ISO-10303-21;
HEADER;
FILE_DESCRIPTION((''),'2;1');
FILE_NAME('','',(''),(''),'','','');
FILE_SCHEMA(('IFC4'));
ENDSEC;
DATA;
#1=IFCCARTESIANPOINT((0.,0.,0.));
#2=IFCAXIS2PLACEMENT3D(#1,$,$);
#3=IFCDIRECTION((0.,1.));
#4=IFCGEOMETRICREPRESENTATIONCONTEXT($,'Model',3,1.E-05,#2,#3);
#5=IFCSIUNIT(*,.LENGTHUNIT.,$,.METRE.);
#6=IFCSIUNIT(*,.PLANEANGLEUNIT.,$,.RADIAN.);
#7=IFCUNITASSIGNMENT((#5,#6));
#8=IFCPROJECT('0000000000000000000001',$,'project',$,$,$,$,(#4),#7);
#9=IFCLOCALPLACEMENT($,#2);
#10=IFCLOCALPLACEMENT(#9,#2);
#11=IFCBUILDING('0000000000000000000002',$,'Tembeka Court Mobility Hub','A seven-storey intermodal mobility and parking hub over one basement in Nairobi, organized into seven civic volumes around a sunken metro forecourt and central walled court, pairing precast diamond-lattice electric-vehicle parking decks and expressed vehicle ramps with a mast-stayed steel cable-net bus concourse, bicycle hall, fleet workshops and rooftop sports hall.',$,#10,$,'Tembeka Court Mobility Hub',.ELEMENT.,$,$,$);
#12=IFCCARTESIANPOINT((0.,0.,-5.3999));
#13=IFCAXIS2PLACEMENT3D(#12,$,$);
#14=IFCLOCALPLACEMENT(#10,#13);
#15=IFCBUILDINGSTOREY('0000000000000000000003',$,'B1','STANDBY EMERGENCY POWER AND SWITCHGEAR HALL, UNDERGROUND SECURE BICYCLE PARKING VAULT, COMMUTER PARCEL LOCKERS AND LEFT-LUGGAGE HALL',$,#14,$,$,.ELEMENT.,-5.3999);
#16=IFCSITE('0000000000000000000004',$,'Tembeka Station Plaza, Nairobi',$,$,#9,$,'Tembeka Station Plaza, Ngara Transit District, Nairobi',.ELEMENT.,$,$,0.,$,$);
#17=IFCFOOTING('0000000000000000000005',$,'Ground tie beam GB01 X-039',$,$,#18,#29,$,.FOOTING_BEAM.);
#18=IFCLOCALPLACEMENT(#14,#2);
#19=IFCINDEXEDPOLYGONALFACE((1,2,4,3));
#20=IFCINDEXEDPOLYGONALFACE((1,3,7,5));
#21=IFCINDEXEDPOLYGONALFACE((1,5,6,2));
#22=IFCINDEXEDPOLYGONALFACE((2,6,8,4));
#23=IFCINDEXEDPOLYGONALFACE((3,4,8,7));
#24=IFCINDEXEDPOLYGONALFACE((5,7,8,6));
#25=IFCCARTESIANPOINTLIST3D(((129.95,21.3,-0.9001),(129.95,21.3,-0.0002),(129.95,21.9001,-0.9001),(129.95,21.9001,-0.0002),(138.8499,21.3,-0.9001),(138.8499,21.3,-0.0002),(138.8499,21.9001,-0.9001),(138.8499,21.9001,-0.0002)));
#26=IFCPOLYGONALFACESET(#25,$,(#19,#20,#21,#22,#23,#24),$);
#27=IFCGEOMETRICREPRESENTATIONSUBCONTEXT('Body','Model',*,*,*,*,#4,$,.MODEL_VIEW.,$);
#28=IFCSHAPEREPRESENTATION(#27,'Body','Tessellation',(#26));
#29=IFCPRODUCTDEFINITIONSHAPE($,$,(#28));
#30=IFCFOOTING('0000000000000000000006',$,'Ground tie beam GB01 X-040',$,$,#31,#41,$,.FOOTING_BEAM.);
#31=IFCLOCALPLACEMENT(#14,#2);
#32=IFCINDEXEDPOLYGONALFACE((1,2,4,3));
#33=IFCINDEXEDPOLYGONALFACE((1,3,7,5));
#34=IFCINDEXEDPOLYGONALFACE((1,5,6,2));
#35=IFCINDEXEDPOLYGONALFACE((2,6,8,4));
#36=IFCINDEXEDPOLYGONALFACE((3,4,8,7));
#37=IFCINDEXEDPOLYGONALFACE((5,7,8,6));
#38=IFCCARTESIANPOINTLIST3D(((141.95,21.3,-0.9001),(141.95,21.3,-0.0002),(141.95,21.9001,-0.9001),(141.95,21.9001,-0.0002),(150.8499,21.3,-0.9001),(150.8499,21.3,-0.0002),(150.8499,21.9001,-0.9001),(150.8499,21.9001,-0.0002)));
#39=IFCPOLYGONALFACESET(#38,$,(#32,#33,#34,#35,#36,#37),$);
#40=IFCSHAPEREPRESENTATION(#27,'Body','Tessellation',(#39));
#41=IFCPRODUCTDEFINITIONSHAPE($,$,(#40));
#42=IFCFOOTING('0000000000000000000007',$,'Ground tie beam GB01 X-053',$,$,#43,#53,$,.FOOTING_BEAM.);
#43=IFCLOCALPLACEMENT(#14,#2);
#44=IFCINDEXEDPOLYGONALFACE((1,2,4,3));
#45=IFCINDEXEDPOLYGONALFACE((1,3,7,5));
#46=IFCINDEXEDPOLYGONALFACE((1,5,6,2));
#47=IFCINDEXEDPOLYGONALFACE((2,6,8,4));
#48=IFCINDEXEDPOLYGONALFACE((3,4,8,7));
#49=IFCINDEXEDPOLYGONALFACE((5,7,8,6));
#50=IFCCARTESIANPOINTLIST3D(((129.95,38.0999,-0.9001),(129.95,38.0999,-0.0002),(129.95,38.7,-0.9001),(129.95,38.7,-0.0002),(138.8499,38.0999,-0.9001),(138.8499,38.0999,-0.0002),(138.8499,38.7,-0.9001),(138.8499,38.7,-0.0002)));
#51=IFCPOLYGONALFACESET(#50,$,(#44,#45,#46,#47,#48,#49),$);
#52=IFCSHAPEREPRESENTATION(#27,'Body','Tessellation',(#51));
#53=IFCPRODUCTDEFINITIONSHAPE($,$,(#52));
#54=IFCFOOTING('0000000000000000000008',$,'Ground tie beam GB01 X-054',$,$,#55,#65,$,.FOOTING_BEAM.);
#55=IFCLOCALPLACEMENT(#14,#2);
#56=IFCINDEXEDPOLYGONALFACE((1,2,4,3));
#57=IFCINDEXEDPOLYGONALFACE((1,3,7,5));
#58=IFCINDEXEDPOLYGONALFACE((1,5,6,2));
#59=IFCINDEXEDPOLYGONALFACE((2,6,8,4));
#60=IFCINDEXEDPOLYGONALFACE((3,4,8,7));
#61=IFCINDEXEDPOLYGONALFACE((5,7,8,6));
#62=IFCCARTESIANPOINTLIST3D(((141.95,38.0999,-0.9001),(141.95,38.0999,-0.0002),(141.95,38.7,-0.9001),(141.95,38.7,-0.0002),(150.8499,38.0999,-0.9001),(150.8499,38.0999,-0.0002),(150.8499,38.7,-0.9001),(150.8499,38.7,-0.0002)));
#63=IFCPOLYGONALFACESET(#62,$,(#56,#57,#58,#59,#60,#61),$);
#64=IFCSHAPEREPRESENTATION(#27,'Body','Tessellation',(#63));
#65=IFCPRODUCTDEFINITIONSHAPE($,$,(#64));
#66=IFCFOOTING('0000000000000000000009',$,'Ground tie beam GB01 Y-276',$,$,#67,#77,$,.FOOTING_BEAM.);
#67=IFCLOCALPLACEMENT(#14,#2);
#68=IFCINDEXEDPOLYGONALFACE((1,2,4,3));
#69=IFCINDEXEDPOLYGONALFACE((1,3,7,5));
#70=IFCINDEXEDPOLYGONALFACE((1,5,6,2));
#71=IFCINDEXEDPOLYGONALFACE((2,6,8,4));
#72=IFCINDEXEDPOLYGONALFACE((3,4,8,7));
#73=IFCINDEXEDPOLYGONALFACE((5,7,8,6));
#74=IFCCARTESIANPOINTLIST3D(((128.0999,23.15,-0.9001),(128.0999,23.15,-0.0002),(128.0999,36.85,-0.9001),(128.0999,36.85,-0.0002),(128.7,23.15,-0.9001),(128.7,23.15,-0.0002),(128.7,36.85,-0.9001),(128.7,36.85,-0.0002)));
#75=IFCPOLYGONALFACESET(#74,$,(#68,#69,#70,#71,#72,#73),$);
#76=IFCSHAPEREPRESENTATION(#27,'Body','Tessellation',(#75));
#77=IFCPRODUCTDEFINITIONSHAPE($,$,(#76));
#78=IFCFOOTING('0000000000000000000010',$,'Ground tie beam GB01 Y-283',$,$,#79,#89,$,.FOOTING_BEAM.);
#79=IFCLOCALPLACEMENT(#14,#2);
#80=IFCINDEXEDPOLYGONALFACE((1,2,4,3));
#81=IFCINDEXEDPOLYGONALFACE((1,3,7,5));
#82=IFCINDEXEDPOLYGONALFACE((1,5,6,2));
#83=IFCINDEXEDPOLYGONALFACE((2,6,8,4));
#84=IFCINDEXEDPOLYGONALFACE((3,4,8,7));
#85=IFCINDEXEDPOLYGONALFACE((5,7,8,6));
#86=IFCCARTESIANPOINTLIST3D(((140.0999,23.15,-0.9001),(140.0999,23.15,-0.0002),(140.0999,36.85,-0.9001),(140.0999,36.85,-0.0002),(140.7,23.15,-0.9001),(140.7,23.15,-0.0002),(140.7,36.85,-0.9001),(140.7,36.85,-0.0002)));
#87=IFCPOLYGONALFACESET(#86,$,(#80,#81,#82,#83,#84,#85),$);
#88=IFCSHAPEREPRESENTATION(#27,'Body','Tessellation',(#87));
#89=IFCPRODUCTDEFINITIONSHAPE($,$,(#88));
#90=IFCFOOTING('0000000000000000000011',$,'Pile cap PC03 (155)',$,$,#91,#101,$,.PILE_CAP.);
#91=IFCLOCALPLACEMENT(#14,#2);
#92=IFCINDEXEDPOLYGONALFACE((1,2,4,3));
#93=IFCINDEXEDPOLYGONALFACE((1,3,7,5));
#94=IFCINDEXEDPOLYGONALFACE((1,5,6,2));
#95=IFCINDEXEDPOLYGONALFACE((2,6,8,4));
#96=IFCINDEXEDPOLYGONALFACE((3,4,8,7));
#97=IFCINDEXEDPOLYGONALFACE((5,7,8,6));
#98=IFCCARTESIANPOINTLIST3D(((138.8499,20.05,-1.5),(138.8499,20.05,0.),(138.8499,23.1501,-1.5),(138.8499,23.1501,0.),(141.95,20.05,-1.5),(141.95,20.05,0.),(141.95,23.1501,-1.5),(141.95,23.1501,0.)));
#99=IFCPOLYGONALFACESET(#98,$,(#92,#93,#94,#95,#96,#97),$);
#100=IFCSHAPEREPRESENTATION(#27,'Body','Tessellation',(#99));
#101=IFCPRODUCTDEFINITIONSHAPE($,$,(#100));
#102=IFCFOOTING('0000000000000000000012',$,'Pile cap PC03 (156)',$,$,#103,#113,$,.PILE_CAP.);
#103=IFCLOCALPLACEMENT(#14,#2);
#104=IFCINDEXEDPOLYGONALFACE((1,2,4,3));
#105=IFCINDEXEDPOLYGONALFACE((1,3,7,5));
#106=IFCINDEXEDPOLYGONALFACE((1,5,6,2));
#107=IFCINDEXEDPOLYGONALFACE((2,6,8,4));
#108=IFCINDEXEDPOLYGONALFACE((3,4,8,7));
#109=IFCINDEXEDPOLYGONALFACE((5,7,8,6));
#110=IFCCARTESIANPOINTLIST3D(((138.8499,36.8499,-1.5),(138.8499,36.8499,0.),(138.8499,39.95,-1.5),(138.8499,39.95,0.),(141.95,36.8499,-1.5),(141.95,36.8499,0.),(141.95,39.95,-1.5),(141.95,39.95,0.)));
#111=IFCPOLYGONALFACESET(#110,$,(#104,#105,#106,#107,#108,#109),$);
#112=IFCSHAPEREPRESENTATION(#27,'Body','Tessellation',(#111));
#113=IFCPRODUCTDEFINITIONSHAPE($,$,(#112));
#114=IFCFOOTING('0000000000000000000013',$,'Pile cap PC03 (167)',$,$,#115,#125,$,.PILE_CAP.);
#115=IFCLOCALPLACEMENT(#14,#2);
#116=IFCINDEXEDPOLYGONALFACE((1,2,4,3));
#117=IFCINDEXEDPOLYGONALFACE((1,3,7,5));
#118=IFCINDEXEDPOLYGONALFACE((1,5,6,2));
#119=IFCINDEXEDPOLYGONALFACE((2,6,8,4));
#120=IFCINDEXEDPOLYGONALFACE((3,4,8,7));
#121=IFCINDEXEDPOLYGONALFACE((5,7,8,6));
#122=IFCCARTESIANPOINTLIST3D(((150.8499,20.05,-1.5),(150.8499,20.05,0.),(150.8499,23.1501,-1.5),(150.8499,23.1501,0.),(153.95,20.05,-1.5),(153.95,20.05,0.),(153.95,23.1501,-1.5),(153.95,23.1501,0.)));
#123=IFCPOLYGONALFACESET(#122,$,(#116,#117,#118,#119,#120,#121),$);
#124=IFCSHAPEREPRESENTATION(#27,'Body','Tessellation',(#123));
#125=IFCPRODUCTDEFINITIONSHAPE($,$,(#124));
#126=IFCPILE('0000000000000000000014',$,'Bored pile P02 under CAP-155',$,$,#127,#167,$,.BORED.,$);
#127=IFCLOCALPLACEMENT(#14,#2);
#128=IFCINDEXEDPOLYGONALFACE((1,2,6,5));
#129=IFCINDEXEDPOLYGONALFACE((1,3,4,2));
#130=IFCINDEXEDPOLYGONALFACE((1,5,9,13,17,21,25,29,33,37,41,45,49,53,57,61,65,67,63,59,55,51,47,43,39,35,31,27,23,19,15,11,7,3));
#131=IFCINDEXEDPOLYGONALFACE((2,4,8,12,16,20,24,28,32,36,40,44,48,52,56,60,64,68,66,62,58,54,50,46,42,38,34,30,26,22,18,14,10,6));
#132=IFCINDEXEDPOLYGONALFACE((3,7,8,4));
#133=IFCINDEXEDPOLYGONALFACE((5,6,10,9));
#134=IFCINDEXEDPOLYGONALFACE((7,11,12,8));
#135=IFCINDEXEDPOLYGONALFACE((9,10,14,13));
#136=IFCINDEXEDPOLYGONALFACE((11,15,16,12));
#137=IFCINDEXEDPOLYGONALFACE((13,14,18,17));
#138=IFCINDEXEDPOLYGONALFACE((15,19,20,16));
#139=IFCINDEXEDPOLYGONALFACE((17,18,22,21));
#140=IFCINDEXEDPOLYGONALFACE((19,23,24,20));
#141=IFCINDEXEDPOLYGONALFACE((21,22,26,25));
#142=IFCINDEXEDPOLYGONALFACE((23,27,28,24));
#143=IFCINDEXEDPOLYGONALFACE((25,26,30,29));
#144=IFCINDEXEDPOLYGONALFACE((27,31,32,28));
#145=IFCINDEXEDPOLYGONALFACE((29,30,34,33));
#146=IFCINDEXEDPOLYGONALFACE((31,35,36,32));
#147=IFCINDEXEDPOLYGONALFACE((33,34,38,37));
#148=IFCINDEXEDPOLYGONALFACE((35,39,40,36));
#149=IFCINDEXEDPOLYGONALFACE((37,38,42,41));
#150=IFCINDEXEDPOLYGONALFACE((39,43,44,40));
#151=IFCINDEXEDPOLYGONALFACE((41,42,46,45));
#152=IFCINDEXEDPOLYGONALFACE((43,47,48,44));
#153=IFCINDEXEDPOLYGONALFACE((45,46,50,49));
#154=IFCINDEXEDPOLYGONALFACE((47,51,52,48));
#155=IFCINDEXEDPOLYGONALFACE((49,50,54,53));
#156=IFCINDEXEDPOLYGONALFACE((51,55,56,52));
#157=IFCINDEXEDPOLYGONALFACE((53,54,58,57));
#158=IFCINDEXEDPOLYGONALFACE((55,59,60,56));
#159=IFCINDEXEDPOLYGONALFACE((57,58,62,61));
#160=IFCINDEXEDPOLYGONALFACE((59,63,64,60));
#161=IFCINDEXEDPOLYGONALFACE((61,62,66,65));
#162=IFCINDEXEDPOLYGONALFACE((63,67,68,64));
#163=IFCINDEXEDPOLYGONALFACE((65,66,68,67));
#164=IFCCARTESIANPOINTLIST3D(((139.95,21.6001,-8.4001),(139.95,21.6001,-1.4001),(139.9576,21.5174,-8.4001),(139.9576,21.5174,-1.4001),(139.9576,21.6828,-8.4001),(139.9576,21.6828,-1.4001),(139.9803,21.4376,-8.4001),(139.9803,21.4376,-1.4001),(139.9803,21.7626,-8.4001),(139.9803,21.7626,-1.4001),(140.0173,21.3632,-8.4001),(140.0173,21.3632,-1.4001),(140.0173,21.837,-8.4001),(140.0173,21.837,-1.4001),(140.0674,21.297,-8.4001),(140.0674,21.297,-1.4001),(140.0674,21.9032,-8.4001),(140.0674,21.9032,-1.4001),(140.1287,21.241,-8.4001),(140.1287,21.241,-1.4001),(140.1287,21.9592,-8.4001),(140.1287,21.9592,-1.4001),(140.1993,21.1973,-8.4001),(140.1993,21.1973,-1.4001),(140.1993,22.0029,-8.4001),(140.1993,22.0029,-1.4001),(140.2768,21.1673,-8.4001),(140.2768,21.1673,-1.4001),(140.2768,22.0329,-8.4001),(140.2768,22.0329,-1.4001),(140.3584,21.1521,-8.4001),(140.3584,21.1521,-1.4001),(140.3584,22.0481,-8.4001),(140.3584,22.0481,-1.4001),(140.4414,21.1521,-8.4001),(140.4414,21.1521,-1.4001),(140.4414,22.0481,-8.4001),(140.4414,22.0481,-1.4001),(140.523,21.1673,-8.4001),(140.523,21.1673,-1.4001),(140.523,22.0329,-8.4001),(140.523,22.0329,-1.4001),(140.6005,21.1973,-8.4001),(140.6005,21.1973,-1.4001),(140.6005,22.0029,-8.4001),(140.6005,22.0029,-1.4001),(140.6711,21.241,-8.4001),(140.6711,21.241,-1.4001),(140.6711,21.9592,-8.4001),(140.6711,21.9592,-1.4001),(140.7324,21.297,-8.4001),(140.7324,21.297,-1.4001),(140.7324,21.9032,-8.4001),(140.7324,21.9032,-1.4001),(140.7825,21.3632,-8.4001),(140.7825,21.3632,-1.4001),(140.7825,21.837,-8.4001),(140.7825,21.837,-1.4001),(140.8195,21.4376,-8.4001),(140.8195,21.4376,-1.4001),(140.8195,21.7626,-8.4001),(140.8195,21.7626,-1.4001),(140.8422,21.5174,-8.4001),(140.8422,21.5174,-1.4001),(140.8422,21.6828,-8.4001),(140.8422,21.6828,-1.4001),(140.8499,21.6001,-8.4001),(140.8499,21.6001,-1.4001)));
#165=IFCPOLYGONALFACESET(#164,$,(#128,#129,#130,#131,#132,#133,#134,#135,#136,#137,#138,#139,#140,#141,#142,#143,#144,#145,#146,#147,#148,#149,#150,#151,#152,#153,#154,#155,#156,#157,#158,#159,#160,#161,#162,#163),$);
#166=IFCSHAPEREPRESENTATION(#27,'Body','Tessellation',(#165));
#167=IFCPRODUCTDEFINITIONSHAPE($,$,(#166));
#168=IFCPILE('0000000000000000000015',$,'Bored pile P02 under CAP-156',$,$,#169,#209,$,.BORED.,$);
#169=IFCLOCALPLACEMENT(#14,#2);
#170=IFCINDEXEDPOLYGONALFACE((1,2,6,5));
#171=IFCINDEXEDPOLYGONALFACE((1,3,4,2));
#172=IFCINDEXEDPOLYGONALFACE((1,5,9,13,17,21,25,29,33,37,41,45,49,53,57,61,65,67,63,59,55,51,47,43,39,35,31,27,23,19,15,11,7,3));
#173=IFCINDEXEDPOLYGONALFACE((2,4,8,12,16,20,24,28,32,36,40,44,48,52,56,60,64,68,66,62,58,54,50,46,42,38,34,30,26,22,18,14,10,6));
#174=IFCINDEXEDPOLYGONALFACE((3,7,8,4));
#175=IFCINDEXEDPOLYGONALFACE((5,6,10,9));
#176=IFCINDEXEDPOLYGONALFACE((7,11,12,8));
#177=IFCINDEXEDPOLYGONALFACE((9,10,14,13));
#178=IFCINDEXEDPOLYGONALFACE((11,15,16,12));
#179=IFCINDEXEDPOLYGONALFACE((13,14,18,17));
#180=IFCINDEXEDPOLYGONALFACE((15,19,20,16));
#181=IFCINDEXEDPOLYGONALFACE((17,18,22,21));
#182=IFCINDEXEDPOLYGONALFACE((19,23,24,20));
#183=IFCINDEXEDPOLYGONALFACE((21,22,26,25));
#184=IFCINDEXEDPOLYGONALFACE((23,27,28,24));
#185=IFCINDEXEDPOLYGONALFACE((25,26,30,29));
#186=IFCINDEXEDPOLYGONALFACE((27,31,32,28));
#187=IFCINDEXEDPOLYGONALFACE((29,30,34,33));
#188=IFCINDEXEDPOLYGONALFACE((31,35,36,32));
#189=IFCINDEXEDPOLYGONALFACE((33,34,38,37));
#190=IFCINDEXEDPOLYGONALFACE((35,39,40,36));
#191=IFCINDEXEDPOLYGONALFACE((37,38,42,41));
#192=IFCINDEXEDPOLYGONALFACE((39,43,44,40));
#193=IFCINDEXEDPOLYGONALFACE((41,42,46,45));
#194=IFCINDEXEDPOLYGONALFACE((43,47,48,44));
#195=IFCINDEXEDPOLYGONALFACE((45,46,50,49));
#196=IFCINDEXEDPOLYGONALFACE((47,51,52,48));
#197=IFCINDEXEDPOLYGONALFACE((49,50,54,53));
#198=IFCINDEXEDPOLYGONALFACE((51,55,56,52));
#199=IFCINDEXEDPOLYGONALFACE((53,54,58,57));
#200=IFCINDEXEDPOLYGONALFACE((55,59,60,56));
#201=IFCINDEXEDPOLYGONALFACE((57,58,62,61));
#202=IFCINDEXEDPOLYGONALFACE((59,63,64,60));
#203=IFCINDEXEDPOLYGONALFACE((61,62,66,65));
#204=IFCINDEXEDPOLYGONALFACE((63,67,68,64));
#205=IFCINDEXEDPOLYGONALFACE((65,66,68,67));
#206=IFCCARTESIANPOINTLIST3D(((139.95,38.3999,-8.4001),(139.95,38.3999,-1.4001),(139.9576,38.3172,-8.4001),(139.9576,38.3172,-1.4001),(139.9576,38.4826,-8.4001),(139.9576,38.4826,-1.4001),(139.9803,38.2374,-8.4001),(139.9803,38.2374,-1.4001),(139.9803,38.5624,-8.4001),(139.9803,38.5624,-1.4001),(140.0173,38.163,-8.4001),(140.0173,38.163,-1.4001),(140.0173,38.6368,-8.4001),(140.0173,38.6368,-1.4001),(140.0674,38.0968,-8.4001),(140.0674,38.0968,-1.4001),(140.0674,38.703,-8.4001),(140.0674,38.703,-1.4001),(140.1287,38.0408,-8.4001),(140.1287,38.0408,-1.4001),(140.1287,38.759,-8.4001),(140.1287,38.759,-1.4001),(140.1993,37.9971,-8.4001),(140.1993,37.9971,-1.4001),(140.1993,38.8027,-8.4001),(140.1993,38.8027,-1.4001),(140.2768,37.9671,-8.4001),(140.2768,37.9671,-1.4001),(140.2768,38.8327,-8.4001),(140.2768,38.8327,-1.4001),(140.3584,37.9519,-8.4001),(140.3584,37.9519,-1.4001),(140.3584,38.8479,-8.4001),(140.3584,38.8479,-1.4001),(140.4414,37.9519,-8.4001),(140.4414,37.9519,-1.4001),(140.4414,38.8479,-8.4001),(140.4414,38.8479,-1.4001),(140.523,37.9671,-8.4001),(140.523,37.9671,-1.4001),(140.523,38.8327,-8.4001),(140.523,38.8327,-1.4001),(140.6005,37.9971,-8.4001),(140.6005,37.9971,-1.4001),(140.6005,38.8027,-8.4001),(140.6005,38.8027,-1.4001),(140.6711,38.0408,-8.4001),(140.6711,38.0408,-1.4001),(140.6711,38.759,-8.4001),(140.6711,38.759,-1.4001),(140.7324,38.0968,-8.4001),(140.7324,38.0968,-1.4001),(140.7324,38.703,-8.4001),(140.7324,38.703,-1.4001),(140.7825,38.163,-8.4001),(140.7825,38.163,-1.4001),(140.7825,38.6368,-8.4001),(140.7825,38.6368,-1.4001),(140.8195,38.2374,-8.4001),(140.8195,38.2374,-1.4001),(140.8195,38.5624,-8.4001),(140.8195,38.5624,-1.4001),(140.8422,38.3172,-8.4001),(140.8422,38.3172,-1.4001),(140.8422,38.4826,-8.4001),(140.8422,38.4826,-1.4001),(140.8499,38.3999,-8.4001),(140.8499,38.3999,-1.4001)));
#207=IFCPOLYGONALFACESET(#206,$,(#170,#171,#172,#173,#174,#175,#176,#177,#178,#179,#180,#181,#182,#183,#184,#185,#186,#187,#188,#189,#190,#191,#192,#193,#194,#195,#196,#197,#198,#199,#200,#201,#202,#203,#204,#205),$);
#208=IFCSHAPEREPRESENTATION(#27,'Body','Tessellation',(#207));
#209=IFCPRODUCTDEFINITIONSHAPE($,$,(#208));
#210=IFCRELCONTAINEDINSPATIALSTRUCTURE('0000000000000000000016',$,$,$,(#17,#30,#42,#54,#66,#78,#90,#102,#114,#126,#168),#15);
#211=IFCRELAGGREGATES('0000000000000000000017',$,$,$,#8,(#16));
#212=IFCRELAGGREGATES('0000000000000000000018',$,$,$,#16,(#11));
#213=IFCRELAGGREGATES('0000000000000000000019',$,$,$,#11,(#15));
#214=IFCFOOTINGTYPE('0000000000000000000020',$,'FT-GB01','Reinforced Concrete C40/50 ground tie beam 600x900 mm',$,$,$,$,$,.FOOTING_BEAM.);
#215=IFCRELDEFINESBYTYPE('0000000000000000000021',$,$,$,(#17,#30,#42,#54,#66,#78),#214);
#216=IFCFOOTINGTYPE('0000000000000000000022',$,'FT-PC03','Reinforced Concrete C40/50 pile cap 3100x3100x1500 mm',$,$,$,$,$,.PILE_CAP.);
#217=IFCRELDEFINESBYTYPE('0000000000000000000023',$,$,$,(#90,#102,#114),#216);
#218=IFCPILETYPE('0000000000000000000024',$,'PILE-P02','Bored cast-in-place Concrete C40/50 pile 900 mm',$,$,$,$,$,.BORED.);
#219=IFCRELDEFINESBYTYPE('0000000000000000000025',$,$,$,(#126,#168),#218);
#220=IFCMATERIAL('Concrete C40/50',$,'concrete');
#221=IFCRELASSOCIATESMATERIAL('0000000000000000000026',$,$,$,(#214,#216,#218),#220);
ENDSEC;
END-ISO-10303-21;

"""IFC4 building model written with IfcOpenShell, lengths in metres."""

from ifc_helpers import new_model, si_unit, direction, frame, origin, origin_2d, place, context, subcontext, project, spatial, rectangle, circle, extrude, material, material_profile, profile_set, type_object, element, save


model = new_model("IFC4")

# Units and contexts
model_context = context("Model", 3, precision=1e-05, world=origin(), true_north=direction((0.0, 1.0)))
body_context = subcontext(model_context, "Body", "Model", "MODEL_VIEW")
ifc_project = project(units=[si_unit("LENGTHUNIT", "METRE"), si_unit("PLANEANGLEUNIT", "RADIAN")], contexts=[model_context])

# Site, building, storey
site_placement = place(None, origin())
site = spatial("IfcSite", under=ifc_project, at=site_placement, Name="Tembeka Station Plaza, Nairobi", LongName="Tembeka Station Plaza, Ngara Transit District, Nairobi", CompositionType="ELEMENT", RefElevation=0.0)
building_placement = place(site_placement, origin())
building = spatial("IfcBuilding", under=site, at=building_placement, Name="Tembeka Court Mobility Hub", Description="A seven-storey intermodal mobility and parking hub over one basement in Nairobi, organized into seven civic volumes around a sunken metro forecourt and central walled court, pairing precast diamond-lattice electric-vehicle parking decks and expressed vehicle ramps with a mast-stayed steel cable-net bus concourse, bicycle hall, fleet workshops and rooftop sports hall.", LongName="Tembeka Court Mobility Hub", CompositionType="ELEMENT")
storey_placement = place(building_placement, frame((0.0, 0.0, -5.3999)))
storey = spatial("IfcBuildingStorey", under=building, at=storey_placement, Name="B1", Description="STANDBY EMERGENCY POWER AND SWITCHGEAR HALL, UNDERGROUND SECURE BICYCLE PARKING VAULT, COMMUTER PARCEL LOCKERS AND LEFT-LUGGAGE HALL", CompositionType="ELEMENT", Elevation=-5.3999)

# Footings
ifc_material_1 = material(Name="Concrete C40/50", Category="concrete")
footing_type_1 = type_object("IfcFootingType", Name="FT-GB01", Description="Reinforced Concrete C40/50 ground tie beam 600x900 mm", PredefinedType="FOOTING_BEAM", material=ifc_material_1)
for number, where, z_axis, x_axis, name in (
    (1, (134.3999, 21.6001, -0.9001), (0.0, 0.0, 1.0), (1.0, 0.0, 0.0), "Ground tie beam GB01 X-039"),
    (2, (146.3999, 21.6001, -0.9001), (0.0, 0.0, 1.0), (1.0, 0.0, 0.0), "Ground tie beam GB01 X-040"),
    (3, (134.3999, 38.3999, -0.9001), (0.0, 0.0, 1.0), (1.0, 0.0, 0.0), "Ground tie beam GB01 X-053"),
    (4, (146.3999, 38.3999, -0.9001), (0.0, 0.0, 1.0), (1.0, 0.0, 0.0), "Ground tie beam GB01 X-054"),
):
    element("IfcFooting", number, at=place(storey_placement, frame(where, z_axis=z_axis, x_axis=x_axis)), inside=storey, type_object=footing_type_1, Name=name, PredefinedType="FOOTING_BEAM", context=body_context, shape_type="SweptSolid", body=[
        extrude(rectangle(XDim=8.8999, YDim=0.6001, at=origin_2d()), origin(), (0.0, 0.0, 1.0), 0.8999),
    ])
for number, where, z_axis, x_axis, name in (
    (5, (128.3999, 30.0, -0.9001), (0.0, 0.0, 1.0), (0.0, 1.0, 0.0), "Ground tie beam GB01 Y-276"),
    (6, (140.3999, 30.0, -0.9001), (0.0, 0.0, 1.0), (0.0, 1.0, 0.0), "Ground tie beam GB01 Y-283"),
):
    element("IfcFooting", number, at=place(storey_placement, frame(where, z_axis=z_axis, x_axis=x_axis)), inside=storey, type_object=footing_type_1, Name=name, PredefinedType="FOOTING_BEAM", context=body_context, shape_type="SweptSolid", body=[
        extrude(rectangle(XDim=13.7, YDim=0.6001, at=origin_2d()), origin(), (0.0, 0.0, 1.0), 0.8999),
    ])
footing_type_2 = type_object("IfcFootingType", Name="FT-PC03", Description="Reinforced Concrete C40/50 pile cap 3100x3100x1500 mm", PredefinedType="PILE_CAP", material=ifc_material_1)
for number, where, z_axis, x_axis, name in (
    (7, (140.3999, 21.6001, -1.5), (0.0, 0.0, 1.0), (1.0, 0.0, 0.0), "Pile cap PC03 (155)"),
    (8, (140.3999, 38.3999, -1.5), (0.0, 0.0, 1.0), (1.0, 0.0, 0.0), "Pile cap PC03 (156)"),
    (9, (152.3999, 21.6001, -1.5), (0.0, 0.0, 1.0), (1.0, 0.0, 0.0), "Pile cap PC03 (167)"),
):
    element("IfcFooting", number, at=place(storey_placement, frame(where, z_axis=z_axis, x_axis=x_axis)), inside=storey, type_object=footing_type_2, Name=name, PredefinedType="PILE_CAP", context=body_context, shape_type="SweptSolid", body=[
        extrude(rectangle(XDim=3.1001, YDim=3.1001, at=origin_2d()), origin(), (0.0, 0.0, 1.0), 1.5),
    ])

# Piles
ifc_material_profile_1 = material_profile(ifc_material_1, circle(Radius=0.45, at=origin_2d()), Name="PILE D900")
ifc_profile_set_1 = profile_set([ifc_material_profile_1], Name="Concrete C40/50")
pile_type_1 = type_object("IfcPileType", Name="PILE-P02", Description="Bored cast-in-place Concrete C40/50 pile 900 mm", PredefinedType="BORED", material=ifc_profile_set_1)
for number, where, z_axis, x_axis, name in (
    (10, (140.3999, 21.6001, -1.4001), (0.0, 0.0, -1.0), (1.0, 0.0, 0.0), "Bored pile P02 under CAP-155"),
    (11, (140.3999, 38.3999, -1.4001), (0.0, 0.0, -1.0), (1.0, 0.0, 0.0), "Bored pile P02 under CAP-156"),
):
    element("IfcPile", number, at=place(storey_placement, frame(where, z_axis=z_axis, x_axis=x_axis)), inside=storey, type_object=pile_type_1, Name=name, PredefinedType="BORED", context=body_context, shape_type="SweptSolid", body=[
        extrude(circle(Radius=0.45, at=origin_2d()), origin(), (0.0, 0.0, 1.0), 7.0),
    ])

save(model, "model.ifc")
